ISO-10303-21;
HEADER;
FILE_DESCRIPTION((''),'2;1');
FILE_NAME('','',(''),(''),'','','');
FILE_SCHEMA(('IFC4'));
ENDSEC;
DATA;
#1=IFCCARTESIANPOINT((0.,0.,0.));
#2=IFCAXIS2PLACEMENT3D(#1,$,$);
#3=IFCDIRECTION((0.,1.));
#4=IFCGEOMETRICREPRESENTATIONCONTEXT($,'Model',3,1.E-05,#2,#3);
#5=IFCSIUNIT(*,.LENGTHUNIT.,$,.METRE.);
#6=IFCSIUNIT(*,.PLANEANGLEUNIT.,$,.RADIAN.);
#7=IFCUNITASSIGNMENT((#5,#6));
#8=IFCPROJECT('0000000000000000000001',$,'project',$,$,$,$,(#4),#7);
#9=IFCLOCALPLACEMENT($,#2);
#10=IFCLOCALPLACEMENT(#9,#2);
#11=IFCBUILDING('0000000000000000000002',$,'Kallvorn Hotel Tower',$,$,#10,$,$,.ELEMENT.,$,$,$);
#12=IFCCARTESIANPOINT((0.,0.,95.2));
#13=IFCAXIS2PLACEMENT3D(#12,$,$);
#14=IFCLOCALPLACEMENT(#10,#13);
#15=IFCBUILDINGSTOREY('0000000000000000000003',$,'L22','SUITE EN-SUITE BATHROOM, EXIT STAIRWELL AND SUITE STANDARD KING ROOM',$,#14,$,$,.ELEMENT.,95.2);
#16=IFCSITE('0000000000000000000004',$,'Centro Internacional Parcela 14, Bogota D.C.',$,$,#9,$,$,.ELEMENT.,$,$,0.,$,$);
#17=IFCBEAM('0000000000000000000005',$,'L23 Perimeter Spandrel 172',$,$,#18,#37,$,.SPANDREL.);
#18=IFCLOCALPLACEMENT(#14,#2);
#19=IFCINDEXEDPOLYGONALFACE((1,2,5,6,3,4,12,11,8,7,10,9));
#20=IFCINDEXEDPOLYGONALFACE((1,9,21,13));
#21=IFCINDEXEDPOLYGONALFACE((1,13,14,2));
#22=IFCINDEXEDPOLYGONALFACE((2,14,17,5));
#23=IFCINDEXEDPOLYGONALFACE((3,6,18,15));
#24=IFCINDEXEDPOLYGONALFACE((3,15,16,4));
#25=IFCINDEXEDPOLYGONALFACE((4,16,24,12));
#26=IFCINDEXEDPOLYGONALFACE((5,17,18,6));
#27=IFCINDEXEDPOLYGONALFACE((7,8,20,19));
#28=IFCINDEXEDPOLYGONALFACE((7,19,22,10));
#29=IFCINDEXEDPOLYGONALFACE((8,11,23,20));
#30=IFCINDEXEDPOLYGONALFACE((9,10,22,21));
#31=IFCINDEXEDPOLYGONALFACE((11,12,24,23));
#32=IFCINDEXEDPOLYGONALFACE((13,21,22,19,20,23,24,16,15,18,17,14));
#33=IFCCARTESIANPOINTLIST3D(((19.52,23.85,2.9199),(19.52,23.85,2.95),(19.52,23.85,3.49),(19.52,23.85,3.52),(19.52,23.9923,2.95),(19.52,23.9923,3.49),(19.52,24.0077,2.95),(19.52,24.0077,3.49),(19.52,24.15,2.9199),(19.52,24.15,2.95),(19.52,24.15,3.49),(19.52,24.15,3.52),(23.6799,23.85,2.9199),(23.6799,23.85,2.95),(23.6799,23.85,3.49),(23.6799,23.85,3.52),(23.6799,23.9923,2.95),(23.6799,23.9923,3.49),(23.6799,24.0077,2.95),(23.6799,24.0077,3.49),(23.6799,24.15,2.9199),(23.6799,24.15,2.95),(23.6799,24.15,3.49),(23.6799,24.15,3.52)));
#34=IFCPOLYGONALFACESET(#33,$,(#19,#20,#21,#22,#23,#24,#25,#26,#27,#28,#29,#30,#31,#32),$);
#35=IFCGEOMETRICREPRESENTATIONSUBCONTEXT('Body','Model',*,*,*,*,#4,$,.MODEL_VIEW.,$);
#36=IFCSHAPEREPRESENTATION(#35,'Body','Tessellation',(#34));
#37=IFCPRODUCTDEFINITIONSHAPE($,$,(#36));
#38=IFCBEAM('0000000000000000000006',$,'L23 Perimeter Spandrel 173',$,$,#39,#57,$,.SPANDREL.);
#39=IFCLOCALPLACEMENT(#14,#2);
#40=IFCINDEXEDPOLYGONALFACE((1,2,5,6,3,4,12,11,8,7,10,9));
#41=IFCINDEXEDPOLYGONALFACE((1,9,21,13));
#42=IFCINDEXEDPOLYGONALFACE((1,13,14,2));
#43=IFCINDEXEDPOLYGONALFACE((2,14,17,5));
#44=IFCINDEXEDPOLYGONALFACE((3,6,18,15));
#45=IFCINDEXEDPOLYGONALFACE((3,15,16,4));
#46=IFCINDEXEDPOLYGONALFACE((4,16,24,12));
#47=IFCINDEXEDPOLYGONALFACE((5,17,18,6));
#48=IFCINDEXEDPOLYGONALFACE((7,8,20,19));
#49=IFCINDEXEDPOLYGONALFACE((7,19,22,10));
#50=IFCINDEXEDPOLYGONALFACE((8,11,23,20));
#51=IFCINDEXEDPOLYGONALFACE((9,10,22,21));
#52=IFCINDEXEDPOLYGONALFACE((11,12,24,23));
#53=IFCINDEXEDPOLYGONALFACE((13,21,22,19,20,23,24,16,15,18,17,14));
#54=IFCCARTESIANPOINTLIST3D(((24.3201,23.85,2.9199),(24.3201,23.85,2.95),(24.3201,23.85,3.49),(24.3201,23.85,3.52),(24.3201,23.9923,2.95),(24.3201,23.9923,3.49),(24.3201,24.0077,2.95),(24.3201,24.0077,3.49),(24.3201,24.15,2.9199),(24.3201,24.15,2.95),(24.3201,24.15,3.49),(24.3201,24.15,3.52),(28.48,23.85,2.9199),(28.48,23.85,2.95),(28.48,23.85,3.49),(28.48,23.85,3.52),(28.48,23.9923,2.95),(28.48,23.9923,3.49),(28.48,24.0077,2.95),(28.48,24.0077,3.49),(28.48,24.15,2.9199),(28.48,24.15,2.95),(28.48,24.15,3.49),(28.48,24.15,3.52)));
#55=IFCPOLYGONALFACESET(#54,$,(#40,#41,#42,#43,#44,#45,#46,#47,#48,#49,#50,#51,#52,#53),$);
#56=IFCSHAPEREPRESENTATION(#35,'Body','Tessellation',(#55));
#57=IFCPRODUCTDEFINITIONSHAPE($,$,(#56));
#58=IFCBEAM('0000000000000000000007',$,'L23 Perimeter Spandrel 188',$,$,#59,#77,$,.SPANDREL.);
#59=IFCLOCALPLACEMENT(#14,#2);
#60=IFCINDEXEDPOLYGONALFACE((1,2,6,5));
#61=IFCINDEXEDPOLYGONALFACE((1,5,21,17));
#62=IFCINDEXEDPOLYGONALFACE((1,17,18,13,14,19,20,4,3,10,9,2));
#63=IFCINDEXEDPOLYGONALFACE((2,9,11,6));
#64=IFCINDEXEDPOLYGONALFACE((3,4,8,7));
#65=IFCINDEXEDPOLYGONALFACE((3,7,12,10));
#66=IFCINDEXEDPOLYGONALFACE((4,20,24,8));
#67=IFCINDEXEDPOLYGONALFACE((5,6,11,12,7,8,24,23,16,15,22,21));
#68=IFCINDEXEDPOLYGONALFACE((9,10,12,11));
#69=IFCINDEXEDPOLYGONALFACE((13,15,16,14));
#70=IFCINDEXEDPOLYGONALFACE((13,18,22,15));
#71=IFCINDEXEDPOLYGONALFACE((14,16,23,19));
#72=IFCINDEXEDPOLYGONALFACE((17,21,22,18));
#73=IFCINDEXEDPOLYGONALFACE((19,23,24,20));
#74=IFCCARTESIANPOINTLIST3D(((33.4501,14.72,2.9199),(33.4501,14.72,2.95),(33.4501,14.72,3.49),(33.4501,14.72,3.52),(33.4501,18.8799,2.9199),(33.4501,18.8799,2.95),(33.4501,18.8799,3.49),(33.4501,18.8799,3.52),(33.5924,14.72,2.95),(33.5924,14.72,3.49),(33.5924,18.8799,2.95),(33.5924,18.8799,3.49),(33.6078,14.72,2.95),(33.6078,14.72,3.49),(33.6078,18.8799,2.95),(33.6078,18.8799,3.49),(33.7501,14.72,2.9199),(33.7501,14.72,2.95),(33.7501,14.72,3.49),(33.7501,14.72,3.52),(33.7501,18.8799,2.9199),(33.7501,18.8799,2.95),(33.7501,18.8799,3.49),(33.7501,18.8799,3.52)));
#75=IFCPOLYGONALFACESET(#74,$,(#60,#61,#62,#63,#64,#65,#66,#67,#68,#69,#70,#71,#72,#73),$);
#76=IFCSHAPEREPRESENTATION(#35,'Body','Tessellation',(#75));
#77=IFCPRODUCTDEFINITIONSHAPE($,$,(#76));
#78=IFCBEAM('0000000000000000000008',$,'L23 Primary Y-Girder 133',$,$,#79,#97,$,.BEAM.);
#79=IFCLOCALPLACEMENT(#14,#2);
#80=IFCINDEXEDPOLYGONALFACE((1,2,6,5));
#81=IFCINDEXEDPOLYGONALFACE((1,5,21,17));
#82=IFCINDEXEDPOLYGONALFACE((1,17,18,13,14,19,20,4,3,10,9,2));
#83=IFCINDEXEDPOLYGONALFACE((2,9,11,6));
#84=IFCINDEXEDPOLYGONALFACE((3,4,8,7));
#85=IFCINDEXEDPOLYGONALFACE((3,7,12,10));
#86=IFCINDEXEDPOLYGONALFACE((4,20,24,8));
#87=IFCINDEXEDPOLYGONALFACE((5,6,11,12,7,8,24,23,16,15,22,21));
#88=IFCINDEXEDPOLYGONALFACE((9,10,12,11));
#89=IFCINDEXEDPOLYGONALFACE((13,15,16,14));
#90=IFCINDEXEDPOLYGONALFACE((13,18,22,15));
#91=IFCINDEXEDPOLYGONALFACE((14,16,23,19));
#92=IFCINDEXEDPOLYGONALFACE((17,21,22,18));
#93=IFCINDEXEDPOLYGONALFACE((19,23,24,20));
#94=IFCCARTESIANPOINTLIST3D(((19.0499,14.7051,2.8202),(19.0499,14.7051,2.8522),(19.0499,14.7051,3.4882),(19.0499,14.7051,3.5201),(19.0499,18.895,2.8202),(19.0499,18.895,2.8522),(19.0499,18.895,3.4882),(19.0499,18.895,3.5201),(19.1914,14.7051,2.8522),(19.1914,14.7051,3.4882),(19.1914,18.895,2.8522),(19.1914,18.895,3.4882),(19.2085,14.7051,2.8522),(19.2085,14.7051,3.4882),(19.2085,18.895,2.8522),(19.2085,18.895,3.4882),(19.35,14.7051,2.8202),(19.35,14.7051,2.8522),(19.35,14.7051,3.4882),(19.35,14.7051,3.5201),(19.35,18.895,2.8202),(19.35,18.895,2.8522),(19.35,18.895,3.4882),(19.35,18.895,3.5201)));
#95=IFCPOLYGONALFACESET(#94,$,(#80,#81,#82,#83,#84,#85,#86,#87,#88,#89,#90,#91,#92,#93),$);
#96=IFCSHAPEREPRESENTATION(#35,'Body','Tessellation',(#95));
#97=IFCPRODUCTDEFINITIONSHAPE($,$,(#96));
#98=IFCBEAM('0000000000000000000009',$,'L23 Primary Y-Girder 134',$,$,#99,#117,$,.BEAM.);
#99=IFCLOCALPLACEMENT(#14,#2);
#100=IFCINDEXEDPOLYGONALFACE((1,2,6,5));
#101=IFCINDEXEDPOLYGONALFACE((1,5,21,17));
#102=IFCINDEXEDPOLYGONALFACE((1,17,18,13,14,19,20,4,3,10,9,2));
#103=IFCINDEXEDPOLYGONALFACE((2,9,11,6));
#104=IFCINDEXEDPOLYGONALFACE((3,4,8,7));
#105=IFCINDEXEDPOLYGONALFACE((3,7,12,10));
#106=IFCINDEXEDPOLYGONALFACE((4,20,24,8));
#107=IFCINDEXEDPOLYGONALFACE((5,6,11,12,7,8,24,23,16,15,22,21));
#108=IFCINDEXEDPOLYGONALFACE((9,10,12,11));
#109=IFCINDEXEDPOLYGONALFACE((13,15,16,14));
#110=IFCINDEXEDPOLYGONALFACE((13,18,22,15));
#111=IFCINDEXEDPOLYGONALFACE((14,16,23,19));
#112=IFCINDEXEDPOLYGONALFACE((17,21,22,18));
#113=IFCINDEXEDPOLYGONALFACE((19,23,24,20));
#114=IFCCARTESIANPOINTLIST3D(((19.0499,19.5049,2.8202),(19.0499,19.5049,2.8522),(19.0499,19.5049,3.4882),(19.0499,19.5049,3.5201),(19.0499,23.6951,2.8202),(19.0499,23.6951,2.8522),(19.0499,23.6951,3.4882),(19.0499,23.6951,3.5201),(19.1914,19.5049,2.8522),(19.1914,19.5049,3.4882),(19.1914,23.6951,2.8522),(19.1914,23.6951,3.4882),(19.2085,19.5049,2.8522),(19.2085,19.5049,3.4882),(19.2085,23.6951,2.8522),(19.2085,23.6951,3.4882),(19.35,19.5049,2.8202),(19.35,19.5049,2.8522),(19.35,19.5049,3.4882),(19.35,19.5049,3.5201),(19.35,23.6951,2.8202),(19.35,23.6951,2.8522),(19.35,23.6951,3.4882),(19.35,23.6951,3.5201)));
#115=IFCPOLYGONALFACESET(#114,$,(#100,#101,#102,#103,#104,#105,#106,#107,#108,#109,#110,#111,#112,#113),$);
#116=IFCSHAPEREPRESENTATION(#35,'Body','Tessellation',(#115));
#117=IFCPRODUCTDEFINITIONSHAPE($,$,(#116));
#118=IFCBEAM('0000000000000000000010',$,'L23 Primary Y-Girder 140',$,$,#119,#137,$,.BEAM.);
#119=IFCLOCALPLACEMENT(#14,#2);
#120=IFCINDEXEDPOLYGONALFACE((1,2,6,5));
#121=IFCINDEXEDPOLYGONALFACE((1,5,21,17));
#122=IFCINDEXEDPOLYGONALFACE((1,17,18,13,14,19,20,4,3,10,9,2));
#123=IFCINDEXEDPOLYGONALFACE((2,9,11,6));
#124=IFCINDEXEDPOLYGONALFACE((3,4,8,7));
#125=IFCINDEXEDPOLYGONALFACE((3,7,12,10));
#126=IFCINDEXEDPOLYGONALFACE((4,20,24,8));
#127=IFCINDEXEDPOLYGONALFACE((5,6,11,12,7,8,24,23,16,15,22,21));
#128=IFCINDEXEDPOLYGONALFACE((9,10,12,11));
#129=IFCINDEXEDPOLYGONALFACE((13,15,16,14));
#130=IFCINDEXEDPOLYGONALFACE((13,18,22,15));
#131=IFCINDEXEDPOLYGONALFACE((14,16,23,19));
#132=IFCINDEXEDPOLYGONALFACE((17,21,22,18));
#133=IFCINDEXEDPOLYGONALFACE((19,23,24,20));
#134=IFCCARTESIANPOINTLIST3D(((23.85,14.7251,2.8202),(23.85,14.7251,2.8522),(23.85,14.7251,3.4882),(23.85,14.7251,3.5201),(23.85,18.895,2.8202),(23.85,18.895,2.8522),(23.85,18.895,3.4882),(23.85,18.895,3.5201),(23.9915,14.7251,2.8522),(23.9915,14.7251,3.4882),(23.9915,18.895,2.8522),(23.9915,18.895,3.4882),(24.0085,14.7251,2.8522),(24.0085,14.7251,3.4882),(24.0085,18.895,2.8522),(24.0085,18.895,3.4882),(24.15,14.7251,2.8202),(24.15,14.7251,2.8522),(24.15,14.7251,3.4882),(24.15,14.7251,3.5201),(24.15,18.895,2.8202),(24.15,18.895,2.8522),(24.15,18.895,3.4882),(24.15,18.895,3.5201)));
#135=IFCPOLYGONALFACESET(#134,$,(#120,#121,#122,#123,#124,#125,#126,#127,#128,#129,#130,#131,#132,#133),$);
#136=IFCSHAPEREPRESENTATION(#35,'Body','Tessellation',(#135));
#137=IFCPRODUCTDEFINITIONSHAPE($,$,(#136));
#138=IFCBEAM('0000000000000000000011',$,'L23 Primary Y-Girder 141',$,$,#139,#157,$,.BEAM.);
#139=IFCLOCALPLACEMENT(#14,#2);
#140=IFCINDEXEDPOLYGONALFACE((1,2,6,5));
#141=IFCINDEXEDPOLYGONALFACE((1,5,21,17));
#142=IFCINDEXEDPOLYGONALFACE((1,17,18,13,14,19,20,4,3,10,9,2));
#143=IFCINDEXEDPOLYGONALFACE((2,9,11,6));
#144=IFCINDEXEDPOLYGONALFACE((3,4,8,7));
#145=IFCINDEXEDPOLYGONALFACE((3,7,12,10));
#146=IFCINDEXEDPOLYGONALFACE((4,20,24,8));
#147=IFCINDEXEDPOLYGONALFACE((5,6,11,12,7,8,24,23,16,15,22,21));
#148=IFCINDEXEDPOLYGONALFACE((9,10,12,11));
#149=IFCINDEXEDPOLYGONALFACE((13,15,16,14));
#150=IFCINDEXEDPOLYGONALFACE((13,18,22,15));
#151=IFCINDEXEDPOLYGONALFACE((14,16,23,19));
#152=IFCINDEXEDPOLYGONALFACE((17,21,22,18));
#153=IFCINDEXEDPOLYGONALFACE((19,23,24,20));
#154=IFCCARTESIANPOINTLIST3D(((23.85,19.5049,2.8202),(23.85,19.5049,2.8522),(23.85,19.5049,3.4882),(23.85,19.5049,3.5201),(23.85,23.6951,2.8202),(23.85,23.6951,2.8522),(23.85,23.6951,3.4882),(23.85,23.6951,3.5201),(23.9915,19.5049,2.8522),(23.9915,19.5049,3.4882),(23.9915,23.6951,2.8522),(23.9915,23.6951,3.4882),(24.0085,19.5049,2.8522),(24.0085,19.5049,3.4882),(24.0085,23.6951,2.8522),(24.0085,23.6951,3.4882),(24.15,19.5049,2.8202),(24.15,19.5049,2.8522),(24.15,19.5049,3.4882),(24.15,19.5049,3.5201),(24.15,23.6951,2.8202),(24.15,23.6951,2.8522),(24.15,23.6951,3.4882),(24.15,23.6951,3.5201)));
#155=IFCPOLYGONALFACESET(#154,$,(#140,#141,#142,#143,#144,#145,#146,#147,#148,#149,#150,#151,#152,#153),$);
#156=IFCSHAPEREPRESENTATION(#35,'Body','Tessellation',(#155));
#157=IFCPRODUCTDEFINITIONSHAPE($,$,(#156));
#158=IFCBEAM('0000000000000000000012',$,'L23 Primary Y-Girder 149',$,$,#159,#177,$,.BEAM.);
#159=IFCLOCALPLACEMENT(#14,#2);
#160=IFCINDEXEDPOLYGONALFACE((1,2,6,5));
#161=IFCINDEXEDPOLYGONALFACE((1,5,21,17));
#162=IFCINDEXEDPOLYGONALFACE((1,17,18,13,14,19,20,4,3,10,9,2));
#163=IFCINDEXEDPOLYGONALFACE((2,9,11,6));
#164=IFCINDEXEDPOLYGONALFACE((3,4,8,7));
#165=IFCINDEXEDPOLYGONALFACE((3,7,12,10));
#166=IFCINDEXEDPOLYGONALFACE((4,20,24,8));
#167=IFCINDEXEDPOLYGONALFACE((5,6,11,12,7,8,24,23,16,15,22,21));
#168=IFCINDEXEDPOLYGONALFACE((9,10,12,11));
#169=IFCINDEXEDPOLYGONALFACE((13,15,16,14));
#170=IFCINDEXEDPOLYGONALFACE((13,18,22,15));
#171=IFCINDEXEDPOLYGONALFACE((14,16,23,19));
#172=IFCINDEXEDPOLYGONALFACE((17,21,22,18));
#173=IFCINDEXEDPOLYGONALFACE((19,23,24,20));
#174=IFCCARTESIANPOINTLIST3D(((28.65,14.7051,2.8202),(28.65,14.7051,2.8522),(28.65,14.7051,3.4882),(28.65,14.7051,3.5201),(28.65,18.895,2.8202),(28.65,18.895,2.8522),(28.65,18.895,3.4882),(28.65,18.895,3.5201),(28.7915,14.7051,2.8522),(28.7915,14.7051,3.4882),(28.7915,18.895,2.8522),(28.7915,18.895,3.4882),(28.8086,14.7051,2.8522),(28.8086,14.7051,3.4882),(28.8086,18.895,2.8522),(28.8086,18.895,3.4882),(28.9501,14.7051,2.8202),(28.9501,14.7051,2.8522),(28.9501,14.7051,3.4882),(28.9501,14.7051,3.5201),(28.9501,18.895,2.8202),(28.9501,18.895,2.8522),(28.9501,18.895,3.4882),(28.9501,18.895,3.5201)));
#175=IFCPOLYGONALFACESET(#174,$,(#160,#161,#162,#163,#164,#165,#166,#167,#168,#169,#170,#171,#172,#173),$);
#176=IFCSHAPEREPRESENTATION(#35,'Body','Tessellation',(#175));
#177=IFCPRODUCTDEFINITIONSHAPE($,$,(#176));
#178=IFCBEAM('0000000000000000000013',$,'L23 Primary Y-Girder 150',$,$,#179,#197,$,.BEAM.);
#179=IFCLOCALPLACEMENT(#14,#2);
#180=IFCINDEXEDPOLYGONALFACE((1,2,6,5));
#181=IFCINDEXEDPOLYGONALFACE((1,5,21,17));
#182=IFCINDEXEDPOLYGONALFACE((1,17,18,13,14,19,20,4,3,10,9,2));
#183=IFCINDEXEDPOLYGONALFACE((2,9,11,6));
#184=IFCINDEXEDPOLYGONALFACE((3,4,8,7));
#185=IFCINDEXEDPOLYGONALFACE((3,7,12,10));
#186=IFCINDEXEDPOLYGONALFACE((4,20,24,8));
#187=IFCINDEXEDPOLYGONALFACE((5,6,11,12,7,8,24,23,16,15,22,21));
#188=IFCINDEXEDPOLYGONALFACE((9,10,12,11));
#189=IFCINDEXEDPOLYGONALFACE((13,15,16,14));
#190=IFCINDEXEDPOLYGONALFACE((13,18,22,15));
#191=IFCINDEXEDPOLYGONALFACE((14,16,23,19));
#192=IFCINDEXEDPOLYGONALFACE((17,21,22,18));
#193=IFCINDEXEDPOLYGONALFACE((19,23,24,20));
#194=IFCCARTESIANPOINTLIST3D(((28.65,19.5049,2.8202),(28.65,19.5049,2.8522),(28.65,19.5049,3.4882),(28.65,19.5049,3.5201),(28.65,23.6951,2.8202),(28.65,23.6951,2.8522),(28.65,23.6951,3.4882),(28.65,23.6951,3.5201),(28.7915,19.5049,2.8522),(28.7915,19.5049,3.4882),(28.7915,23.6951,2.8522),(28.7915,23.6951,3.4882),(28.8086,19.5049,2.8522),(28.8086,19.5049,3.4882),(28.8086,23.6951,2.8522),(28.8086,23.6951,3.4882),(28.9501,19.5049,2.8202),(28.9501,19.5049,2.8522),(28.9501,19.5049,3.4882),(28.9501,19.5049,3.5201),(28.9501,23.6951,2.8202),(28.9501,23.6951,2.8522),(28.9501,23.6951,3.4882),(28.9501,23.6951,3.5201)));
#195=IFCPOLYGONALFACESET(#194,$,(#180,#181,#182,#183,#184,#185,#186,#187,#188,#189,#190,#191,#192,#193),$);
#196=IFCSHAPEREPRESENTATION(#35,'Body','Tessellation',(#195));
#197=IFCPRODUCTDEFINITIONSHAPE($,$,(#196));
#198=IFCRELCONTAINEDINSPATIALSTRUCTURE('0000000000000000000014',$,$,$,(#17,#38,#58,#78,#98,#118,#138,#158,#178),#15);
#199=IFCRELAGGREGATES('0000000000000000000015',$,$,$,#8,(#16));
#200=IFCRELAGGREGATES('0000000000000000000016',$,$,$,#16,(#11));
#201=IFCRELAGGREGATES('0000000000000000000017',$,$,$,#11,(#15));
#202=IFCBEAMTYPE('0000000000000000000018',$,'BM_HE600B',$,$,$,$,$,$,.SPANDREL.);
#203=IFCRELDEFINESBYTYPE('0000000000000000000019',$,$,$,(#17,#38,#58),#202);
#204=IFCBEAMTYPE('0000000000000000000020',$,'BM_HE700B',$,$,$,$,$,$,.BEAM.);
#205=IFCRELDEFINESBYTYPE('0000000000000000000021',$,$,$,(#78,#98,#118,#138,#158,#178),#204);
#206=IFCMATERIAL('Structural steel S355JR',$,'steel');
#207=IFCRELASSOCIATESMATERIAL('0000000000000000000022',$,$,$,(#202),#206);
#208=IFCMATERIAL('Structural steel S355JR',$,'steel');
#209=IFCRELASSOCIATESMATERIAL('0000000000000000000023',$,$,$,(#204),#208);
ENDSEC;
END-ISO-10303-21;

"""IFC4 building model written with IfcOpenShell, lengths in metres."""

from ifc_helpers import new_model, si_unit, direction, frame, origin, origin_2d, place, context, subcontext, project, spatial, i_section, extrude, material, material_profile, profile_set, type_object, element, save


model = new_model("IFC4")

# Units and contexts
model_context = context("Model", 3, precision=1e-05, world=origin(), true_north=direction((0.0, 1.0)))
body_context = subcontext(model_context, "Body", "Model", "MODEL_VIEW")
ifc_project = project(units=[si_unit("LENGTHUNIT", "METRE"), si_unit("PLANEANGLEUNIT", "RADIAN")], contexts=[model_context])

# Site, building, storey
site_placement = place(None, origin())
site = spatial("IfcSite", under=ifc_project, at=site_placement, Name="Centro Internacional Parcela 14, Bogota D.C.", CompositionType="ELEMENT", RefElevation=0.0)
building_placement = place(site_placement, origin())
building = spatial("IfcBuilding", under=site, at=building_placement, Name="Kallvorn Hotel Tower", CompositionType="ELEMENT")
storey_placement = place(building_placement, frame((0.0, 0.0, 95.2)))
storey = spatial("IfcBuildingStorey", under=building, at=storey_placement, Name="L22", Description="SUITE EN-SUITE BATHROOM, EXIT STAIRWELL AND SUITE STANDARD KING ROOM", CompositionType="ELEMENT", Elevation=95.2)

# Beams
ifc_material_1 = material(Name="Structural steel S355JR", Category="steel")
ifc_material_profile_1 = material_profile(ifc_material_1, i_section(OverallWidth=0.3, OverallDepth=0.6001, WebThickness=0.0154, FlangeThickness=0.03, at=origin_2d()), Name="HE 600 B")
ifc_profile_set_1 = profile_set([ifc_material_profile_1], Name="Structural steel S355JR")
beam_type_1 = type_object("IfcBeamType", Name="BM_HE600B", PredefinedType="SPANDREL", material=ifc_profile_set_1)
for number, where, z_axis, x_axis, name in (
    (1, (19.52, 24.0, 3.22), (1.0, 0.0, 0.0), (0.0, 1.0, 0.0), "L23 Perimeter Spandrel 172"),
    (2, (24.3201, 24.0, 3.22), (1.0, 0.0, 0.0), (0.0, 1.0, 0.0), "L23 Perimeter Spandrel 173"),
    (3, (33.6001, 14.72, 3.22), (0.0, 1.0, 0.0), (-1.0, 0.0, 0.0), "L23 Perimeter Spandrel 188"),
):
    element("IfcBeam", number, at=place(storey_placement, frame(where, z_axis=z_axis, x_axis=x_axis)), inside=storey, type_object=beam_type_1, Name=name, PredefinedType="SPANDREL", context=body_context, shape_type="SweptSolid", body=[
        extrude(i_section(OverallWidth=0.3, OverallDepth=0.6001, WebThickness=0.0154, FlangeThickness=0.03, at=origin_2d()), origin(), (0.0, 0.0, 1.0), 4.1599),
    ])
ifc_material_2 = material(Name="Structural steel S355JR", Category="steel")
ifc_material_profile_2 = material_profile(ifc_material_2, i_section(OverallWidth=0.3, OverallDepth=0.7, WebThickness=0.0171, FlangeThickness=0.032, at=origin_2d()), Name="HE 700 B")
ifc_profile_set_2 = profile_set([ifc_material_profile_2], Name="Structural steel S355JR")
beam_type_2 = type_object("IfcBeamType", Name="BM_HE700B", PredefinedType="BEAM", material=ifc_profile_set_2)
beam_1_placement = place(storey_placement, frame((19.2, 14.7051, 3.1702), z_axis=(0.0, 1.0, 0.0), x_axis=(-1.0, 0.0, 0.0)))
element("IfcBeam", 4, at=beam_1_placement, inside=storey, type_object=beam_type_2, Name="L23 Primary Y-Girder 133", PredefinedType="BEAM", context=body_context, shape_type="SweptSolid", body=[
    extrude(i_section(OverallWidth=0.3, OverallDepth=0.7, WebThickness=0.0171, FlangeThickness=0.032, at=origin_2d()), origin(), (0.0, 0.0, 1.0), 4.1899),
])
beam_2_placement = place(storey_placement, frame((19.2, 19.5049, 3.1702), z_axis=(0.0, 1.0, 0.0), x_axis=(-1.0, 0.0, 0.0)))
element("IfcBeam", 5, at=beam_2_placement, inside=storey, type_object=beam_type_2, Name="L23 Primary Y-Girder 134", PredefinedType="BEAM", context=body_context, shape_type="SweptSolid", body=[
    extrude(i_section(OverallWidth=0.3, OverallDepth=0.7, WebThickness=0.0171, FlangeThickness=0.032, at=origin_2d()), origin(), (0.0, 0.0, 1.0), 4.1902),
])
beam_3_placement = place(storey_placement, frame((24.0, 14.7251, 3.1702), z_axis=(0.0, 1.0, 0.0), x_axis=(-1.0, 0.0, 0.0)))
element("IfcBeam", 6, at=beam_3_placement, inside=storey, type_object=beam_type_2, Name="L23 Primary Y-Girder 140", PredefinedType="BEAM", context=body_context, shape_type="SweptSolid", body=[
    extrude(i_section(OverallWidth=0.3, OverallDepth=0.7, WebThickness=0.0171, FlangeThickness=0.032, at=origin_2d()), origin(), (0.0, 0.0, 1.0), 4.1699),
])
beam_4_placement = place(storey_placement, frame((24.0, 19.5049, 3.1702), z_axis=(0.0, 1.0, 0.0), x_axis=(-1.0, 0.0, 0.0)))
element("IfcBeam", 7, at=beam_4_placement, inside=storey, type_object=beam_type_2, Name="L23 Primary Y-Girder 141", PredefinedType="BEAM", context=body_context, shape_type="SweptSolid", body=[
    extrude(i_section(OverallWidth=0.3, OverallDepth=0.7, WebThickness=0.0171, FlangeThickness=0.032, at=origin_2d()), origin(), (0.0, 0.0, 1.0), 4.1902),
])
beam_5_placement = place(storey_placement, frame((28.8, 14.7051, 3.1702), z_axis=(0.0, 1.0, 0.0), x_axis=(-1.0, 0.0, 0.0)))
element("IfcBeam", 8, at=beam_5_placement, inside=storey, type_object=beam_type_2, Name="L23 Primary Y-Girder 149", PredefinedType="BEAM", context=body_context, shape_type="SweptSolid", body=[
    extrude(i_section(OverallWidth=0.3, OverallDepth=0.7, WebThickness=0.0171, FlangeThickness=0.032, at=origin_2d()), origin(), (0.0, 0.0, 1.0), 4.1899),
])
beam_6_placement = place(storey_placement, frame((28.8, 19.5049, 3.1702), z_axis=(0.0, 1.0, 0.0), x_axis=(-1.0, 0.0, 0.0)))
element("IfcBeam", 9, at=beam_6_placement, inside=storey, type_object=beam_type_2, Name="L23 Primary Y-Girder 150", PredefinedType="BEAM", context=body_context, shape_type="SweptSolid", body=[
    extrude(i_section(OverallWidth=0.3, OverallDepth=0.7, WebThickness=0.0171, FlangeThickness=0.032, at=origin_2d()), origin(), (0.0, 0.0, 1.0), 4.1902),
])

save(model, "model.ifc")
